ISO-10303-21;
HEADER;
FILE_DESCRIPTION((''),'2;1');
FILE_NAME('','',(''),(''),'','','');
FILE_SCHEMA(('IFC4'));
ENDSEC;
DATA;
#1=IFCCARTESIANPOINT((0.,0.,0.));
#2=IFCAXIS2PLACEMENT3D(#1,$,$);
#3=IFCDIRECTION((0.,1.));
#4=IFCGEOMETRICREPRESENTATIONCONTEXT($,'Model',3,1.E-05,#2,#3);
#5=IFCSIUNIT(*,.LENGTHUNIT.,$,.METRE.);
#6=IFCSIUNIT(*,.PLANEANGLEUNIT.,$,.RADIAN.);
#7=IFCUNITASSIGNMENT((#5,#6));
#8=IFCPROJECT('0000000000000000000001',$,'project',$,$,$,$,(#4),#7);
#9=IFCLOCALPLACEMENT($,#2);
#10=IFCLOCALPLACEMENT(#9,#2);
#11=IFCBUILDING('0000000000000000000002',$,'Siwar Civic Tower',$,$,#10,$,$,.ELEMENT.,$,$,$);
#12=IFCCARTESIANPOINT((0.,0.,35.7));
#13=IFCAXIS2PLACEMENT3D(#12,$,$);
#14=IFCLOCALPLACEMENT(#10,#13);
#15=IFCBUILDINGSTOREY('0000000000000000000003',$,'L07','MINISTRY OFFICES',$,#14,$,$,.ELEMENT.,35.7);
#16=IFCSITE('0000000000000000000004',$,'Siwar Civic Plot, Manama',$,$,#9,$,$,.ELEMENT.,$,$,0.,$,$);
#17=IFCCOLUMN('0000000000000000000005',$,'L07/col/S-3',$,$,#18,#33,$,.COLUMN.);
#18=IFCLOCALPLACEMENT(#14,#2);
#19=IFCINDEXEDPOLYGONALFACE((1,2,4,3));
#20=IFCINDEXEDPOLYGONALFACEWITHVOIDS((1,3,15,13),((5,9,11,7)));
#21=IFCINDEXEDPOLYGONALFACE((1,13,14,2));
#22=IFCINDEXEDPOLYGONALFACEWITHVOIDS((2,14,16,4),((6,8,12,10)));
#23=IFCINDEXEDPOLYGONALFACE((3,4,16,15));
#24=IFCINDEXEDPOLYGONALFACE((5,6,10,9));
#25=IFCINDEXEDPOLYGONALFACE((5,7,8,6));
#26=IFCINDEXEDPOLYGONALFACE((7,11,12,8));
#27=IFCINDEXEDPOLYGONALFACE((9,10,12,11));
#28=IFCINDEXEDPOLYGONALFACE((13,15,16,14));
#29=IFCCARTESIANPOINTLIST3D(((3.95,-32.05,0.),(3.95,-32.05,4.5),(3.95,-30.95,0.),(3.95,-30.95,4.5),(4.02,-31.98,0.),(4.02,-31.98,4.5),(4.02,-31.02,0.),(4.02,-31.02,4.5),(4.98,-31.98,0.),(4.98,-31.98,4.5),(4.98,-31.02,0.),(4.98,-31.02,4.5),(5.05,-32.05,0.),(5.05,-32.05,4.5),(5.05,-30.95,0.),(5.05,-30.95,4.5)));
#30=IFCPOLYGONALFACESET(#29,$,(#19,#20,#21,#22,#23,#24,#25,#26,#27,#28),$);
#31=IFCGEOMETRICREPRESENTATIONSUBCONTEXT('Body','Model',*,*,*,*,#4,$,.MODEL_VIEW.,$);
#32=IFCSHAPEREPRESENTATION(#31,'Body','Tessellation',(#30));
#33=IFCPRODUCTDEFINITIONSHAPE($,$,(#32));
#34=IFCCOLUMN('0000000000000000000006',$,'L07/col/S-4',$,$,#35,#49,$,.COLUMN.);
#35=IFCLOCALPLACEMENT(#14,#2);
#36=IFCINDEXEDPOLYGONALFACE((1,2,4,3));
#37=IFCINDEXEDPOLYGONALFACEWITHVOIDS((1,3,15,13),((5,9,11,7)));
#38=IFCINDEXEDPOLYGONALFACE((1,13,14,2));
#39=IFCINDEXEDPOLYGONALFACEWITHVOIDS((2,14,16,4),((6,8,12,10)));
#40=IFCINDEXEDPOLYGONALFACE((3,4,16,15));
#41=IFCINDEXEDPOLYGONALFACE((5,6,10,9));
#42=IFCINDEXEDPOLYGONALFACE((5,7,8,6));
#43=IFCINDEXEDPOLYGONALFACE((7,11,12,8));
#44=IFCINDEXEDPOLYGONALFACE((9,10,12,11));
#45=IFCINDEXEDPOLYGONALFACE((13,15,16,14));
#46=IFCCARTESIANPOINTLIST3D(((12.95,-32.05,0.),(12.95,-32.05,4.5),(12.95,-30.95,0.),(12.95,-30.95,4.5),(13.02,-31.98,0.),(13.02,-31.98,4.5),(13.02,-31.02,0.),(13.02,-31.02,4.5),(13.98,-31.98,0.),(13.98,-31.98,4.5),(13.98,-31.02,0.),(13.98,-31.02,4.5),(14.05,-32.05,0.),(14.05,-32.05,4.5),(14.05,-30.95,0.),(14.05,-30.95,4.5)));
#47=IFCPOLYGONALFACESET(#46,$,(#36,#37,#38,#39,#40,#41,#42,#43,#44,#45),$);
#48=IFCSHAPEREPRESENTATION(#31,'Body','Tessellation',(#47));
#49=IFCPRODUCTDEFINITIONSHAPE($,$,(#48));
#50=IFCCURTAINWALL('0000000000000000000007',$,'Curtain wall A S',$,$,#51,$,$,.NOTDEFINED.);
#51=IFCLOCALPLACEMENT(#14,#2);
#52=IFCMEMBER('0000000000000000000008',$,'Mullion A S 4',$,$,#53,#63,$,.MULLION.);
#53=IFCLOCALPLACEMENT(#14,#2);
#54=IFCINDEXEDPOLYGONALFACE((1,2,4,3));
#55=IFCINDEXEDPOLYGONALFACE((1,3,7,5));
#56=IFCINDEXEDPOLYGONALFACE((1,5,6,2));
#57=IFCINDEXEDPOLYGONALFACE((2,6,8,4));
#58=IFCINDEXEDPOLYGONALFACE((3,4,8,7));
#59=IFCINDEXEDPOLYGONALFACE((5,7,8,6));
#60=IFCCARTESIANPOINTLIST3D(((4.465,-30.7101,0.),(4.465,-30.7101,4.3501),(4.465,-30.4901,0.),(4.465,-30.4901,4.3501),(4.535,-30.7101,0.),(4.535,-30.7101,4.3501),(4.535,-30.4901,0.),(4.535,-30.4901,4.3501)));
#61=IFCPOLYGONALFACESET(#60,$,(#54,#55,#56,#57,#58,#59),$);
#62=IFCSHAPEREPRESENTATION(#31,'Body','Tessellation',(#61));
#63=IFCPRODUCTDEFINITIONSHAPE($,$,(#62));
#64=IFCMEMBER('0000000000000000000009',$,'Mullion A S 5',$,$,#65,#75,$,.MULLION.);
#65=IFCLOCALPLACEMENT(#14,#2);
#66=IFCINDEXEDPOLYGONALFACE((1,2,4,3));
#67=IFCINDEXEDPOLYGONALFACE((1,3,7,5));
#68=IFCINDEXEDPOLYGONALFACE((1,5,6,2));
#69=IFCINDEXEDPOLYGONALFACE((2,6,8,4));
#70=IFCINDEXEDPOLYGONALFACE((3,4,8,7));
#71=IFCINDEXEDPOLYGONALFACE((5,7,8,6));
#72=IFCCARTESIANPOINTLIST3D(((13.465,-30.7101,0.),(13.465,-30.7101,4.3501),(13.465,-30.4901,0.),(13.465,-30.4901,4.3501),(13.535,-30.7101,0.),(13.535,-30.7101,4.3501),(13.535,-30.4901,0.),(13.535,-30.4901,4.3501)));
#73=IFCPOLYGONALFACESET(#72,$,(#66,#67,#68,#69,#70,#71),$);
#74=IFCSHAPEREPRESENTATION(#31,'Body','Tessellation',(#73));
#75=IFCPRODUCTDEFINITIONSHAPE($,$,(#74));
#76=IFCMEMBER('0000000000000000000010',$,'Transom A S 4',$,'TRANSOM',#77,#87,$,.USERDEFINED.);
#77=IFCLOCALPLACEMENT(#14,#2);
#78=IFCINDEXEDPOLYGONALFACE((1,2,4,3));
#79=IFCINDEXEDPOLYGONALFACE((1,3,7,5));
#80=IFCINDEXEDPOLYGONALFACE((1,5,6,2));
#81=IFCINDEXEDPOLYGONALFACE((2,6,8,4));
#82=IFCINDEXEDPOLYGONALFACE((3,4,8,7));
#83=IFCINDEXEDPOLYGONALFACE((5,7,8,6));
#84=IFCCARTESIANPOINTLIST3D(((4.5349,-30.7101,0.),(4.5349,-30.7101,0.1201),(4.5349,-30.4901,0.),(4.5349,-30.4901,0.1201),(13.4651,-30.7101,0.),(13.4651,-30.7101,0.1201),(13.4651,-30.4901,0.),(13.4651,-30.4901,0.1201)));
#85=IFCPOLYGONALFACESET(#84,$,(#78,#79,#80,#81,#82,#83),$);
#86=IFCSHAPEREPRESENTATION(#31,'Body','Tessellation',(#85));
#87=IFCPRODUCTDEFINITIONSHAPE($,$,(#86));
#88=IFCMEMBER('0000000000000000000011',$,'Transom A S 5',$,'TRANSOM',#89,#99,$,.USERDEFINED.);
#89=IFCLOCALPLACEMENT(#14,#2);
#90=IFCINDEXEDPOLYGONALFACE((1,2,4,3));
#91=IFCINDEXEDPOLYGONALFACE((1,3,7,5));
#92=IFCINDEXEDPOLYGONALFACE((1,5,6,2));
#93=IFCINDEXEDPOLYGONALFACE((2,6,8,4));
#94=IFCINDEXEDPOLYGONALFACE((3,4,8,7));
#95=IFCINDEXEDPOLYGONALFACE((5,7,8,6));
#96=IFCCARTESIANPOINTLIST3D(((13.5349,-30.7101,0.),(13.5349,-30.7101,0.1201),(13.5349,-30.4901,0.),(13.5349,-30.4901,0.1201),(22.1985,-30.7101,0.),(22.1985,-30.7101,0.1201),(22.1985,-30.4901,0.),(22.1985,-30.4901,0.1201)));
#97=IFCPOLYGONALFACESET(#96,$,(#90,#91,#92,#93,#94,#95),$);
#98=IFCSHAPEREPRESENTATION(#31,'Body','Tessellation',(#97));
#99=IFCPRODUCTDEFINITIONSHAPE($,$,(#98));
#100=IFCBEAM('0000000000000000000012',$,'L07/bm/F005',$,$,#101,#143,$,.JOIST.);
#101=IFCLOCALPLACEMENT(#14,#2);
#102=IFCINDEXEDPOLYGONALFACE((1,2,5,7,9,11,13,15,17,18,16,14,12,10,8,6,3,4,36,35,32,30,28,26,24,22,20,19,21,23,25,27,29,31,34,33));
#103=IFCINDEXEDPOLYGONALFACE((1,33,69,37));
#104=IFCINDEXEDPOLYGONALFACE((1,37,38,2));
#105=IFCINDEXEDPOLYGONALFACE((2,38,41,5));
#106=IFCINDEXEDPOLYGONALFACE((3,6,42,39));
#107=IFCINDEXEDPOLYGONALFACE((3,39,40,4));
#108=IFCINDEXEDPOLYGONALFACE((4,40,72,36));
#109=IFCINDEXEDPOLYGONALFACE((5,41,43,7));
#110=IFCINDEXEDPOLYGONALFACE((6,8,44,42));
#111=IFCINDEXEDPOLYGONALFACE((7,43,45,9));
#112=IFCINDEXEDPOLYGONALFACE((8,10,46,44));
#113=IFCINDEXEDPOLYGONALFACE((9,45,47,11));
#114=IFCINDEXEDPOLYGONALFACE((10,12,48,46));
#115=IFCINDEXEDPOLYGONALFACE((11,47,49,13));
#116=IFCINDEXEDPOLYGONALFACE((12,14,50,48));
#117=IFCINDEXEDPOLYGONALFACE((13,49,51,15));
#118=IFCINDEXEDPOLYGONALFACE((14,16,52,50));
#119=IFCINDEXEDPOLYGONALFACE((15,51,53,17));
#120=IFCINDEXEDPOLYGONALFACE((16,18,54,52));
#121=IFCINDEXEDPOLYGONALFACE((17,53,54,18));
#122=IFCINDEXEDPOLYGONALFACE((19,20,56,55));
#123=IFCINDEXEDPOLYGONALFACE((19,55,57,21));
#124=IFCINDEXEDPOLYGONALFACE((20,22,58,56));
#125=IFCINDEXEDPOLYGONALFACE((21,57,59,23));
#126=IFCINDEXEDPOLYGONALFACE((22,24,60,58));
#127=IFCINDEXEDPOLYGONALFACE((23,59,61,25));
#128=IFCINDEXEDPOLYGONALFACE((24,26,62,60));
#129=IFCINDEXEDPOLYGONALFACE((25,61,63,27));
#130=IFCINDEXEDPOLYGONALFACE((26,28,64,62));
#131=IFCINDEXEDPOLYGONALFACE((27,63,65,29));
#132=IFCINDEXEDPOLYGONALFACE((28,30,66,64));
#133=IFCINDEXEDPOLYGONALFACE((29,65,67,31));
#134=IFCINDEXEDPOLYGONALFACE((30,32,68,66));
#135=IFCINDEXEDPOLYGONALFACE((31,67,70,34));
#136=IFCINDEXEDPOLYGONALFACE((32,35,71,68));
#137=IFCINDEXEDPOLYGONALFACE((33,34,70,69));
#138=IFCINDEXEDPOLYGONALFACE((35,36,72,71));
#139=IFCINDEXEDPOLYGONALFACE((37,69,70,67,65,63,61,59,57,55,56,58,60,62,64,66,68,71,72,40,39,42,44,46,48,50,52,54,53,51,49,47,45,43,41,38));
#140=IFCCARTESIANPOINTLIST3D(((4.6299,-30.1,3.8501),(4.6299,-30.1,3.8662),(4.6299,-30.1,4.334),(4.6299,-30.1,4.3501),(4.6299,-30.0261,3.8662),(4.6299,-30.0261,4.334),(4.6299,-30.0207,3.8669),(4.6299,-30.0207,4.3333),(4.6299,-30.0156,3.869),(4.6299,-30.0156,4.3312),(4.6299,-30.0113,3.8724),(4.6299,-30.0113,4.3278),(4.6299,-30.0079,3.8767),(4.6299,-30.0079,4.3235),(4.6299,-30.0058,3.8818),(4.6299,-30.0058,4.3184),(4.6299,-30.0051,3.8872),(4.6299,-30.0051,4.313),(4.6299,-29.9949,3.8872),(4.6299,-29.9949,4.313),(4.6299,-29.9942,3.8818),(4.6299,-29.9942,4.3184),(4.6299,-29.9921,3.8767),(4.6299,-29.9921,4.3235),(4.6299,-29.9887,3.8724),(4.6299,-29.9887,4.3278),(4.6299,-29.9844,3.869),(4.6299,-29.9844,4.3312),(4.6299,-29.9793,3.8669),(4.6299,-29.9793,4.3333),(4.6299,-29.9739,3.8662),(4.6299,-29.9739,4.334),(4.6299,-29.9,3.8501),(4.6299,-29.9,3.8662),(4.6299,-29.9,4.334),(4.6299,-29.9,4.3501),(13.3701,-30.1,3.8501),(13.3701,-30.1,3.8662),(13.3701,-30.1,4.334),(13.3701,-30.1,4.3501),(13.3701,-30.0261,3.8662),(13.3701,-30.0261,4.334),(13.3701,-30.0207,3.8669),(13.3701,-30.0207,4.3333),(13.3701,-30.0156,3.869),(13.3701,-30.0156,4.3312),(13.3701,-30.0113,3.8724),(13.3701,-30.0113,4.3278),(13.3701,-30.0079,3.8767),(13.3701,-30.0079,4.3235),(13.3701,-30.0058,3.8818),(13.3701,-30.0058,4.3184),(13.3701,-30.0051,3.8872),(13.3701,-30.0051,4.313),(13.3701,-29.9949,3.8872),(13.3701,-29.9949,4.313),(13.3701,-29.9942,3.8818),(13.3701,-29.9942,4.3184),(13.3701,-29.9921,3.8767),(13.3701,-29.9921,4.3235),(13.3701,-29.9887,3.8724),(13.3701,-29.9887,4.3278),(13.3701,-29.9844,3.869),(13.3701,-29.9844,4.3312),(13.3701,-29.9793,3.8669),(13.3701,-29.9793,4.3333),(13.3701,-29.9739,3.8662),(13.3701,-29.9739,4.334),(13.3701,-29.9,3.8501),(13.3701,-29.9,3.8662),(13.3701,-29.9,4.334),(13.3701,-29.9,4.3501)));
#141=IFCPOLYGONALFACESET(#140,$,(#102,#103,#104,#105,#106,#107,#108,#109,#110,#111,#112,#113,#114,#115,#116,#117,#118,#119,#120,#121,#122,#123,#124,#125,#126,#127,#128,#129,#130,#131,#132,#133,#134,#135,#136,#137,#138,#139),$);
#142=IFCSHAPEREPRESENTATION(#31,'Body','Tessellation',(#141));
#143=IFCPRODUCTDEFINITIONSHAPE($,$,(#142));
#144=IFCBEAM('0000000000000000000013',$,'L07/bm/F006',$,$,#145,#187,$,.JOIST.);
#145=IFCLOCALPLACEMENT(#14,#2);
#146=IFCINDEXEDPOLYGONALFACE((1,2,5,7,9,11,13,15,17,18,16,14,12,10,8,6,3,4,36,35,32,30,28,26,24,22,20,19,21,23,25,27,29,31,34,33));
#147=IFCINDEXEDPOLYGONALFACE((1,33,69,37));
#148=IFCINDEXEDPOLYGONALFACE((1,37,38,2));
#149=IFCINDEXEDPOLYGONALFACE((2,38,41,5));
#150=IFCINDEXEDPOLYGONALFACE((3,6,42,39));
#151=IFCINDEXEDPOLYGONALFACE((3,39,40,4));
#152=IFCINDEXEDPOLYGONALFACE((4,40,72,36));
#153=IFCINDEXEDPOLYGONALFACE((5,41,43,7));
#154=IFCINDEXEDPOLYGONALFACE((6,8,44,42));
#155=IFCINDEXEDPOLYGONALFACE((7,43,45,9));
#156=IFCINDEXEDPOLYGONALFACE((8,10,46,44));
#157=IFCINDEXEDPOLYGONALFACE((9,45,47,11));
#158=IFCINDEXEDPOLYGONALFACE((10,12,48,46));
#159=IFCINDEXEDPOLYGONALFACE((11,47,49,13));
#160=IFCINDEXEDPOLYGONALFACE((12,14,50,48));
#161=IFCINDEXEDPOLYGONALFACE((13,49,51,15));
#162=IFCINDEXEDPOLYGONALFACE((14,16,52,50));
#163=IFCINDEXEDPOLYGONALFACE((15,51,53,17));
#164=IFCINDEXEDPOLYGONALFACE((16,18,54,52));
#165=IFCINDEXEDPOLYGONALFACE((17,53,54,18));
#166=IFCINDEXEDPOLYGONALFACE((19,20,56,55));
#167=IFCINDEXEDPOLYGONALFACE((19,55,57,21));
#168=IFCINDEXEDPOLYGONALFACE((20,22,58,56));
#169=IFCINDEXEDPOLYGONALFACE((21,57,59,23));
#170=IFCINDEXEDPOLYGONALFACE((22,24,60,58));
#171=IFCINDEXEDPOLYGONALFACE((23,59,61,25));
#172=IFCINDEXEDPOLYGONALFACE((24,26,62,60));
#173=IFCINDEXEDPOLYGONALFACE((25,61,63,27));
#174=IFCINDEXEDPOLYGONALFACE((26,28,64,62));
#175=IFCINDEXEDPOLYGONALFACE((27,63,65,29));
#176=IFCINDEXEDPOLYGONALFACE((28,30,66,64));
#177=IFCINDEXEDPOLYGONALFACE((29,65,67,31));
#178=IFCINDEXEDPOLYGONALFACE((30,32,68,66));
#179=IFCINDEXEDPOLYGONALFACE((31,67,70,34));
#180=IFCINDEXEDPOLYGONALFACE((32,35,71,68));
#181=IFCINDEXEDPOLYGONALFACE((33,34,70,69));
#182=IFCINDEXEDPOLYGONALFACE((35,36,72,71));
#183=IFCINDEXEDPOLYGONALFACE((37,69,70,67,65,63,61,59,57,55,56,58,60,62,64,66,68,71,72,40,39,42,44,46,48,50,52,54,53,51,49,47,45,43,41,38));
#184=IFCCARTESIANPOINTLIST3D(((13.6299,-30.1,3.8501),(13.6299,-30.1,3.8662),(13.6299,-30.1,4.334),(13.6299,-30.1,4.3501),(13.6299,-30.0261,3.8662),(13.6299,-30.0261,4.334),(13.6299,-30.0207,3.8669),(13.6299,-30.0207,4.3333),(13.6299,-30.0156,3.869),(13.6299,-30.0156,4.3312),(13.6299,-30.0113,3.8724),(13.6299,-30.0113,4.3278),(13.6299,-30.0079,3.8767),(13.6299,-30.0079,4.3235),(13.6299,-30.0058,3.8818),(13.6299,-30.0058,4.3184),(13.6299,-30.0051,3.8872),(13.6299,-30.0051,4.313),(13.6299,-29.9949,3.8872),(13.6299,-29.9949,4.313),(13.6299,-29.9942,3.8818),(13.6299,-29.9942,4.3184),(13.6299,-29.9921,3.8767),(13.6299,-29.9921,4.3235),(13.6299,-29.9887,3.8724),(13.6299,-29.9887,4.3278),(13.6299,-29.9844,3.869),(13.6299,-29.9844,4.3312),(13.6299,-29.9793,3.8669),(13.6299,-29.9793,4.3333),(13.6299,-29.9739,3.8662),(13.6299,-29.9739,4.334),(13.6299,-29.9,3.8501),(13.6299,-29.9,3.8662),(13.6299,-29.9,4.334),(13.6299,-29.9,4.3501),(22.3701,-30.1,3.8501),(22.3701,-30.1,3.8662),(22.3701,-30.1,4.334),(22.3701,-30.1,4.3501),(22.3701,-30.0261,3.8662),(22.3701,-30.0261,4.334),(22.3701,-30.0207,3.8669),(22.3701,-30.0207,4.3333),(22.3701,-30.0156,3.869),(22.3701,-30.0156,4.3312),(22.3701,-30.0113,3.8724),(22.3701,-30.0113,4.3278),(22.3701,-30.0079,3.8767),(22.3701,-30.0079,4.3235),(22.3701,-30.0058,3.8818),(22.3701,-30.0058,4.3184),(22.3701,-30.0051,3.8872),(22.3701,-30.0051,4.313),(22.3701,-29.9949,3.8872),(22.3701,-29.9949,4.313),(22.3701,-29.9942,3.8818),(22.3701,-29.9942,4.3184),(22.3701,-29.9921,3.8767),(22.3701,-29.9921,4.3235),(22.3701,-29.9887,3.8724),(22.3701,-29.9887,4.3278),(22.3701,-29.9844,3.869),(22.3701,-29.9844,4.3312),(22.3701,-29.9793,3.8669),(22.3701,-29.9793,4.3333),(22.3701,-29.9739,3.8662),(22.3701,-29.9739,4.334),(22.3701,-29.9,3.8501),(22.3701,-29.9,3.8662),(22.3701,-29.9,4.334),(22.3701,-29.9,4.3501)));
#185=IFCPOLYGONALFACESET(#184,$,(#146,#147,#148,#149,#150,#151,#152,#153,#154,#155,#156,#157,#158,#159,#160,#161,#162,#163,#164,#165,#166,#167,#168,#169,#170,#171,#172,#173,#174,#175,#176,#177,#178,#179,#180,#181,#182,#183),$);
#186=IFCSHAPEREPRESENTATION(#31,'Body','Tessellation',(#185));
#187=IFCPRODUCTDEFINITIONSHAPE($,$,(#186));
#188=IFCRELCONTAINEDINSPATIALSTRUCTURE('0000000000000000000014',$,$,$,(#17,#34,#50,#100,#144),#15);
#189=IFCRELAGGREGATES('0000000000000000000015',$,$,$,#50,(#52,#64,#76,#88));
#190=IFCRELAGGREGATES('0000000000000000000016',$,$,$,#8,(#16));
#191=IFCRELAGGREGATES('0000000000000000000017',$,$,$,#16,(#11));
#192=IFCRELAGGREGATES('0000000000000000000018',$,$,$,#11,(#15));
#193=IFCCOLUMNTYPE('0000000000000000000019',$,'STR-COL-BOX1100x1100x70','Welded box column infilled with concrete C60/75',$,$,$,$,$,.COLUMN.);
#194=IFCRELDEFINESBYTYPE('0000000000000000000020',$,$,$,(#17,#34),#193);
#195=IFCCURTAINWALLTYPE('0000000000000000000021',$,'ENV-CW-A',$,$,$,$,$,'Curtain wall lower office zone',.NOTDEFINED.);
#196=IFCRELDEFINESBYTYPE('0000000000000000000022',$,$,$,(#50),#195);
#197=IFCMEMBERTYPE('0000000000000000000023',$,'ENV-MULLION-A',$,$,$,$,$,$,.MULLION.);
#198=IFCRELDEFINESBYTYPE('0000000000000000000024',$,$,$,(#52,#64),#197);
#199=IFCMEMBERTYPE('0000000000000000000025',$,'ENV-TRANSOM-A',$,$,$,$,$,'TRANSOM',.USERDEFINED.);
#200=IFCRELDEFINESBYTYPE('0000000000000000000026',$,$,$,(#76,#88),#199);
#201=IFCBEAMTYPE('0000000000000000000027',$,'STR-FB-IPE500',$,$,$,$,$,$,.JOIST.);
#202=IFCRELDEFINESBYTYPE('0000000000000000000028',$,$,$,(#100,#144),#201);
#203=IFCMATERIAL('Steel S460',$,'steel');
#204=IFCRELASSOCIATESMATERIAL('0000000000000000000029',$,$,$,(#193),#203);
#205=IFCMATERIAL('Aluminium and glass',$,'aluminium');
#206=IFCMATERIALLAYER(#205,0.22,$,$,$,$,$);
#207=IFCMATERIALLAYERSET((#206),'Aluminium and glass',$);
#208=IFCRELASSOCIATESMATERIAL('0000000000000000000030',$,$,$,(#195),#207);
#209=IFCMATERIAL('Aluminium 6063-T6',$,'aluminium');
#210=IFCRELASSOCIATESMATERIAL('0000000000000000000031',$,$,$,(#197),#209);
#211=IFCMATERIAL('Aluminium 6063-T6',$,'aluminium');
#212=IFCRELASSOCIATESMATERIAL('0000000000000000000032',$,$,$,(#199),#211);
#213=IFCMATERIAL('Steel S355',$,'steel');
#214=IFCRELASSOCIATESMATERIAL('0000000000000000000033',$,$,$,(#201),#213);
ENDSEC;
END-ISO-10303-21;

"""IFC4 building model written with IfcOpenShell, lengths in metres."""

from ifc_helpers import new_model, si_unit, direction, frame, origin, origin_2d, place, context, subcontext, project, spatial, rectangle, hollow_rectangle, i_section, extrude, material, layer, layer_set, material_profile, profile_set, type_object, element, aggregate, save


model = new_model("IFC4")

# Units and contexts
model_context = context("Model", 3, precision=1e-05, world=origin(), true_north=direction((0.0, 1.0)))
body_context = subcontext(model_context, "Body", "Model", "MODEL_VIEW")
ifc_project = project(units=[si_unit("LENGTHUNIT", "METRE"), si_unit("PLANEANGLEUNIT", "RADIAN")], contexts=[model_context])

# Site, building, storey
site_placement = place(None, origin())
site = spatial("IfcSite", under=ifc_project, at=site_placement, Name="Siwar Civic Plot, Manama", CompositionType="ELEMENT", RefElevation=0.0)
building_placement = place(site_placement, origin())
building = spatial("IfcBuilding", under=site, at=building_placement, Name="Siwar Civic Tower", CompositionType="ELEMENT")
storey_placement = place(building_placement, frame((0.0, 0.0, 35.7)))
storey = spatial("IfcBuildingStorey", under=building, at=storey_placement, Name="L07", Description="MINISTRY OFFICES", CompositionType="ELEMENT", Elevation=35.7)

# Columns
ifc_material_1 = material(Name="Steel S460", Category="steel")
ifc_material_profile_1 = material_profile(ifc_material_1, hollow_rectangle(XDim=1.1001, YDim=1.1001, WallThickness=0.0701, at=origin_2d()), Name="BOX1100x1100x70")
ifc_profile_set_1 = profile_set([ifc_material_profile_1], Name="Steel S460")
column_type = type_object("IfcColumnType", Name="STR-COL-BOX1100x1100x70", Description="Welded box column infilled with concrete C60/75", PredefinedType="COLUMN", material=ifc_profile_set_1)
for number, where, z_axis, x_axis, name in (
    (1, (4.5, -31.5, 0.0), (0.0, 0.0, 1.0), (1.0, 0.0, 0.0), "L07/col/S-3"),
    (2, (13.5, -31.5, 0.0), (0.0, 0.0, 1.0), (1.0, 0.0, 0.0), "L07/col/S-4"),
):
    element("IfcColumn", number, at=place(storey_placement, frame(where, z_axis=z_axis, x_axis=x_axis)), inside=storey, type_object=column_type, Name=name, PredefinedType="COLUMN", context=body_context, shape_type="SweptSolid", body=[
        extrude(hollow_rectangle(XDim=1.1001, YDim=1.1001, WallThickness=0.0701, at=origin_2d()), origin(), (0.0, 0.0, 1.0), 4.5),
    ])

# Curtain wall, members
ifc_material_2 = material(Name="Aluminium and glass", Category="aluminium")
ifc_layer_1 = layer(ifc_material_2, 0.22)
ifc_layer_set_1 = layer_set([ifc_layer_1], Name="Aluminium and glass")
curtain_wall_type = type_object("IfcCurtainWallType", Name="ENV-CW-A", ElementType="Curtain wall lower office zone", PredefinedType="NOTDEFINED", material=ifc_layer_set_1)
curtain_wall_placement = place(storey_placement, origin())
curtain_wall = element("IfcCurtainWall", 3, at=curtain_wall_placement, inside=storey, type_object=curtain_wall_type, Name="Curtain wall A S", PredefinedType="NOTDEFINED")
ifc_material_3 = material(Name="Aluminium 6063-T6", Category="aluminium")
ifc_material_profile_2 = material_profile(ifc_material_3, rectangle(XDim=0.22, YDim=0.0701, at=origin_2d()), Name="AL 220x70")
ifc_profile_set_2 = profile_set([ifc_material_profile_2], Name="Aluminium 6063-T6")
member_type_1 = type_object("IfcMemberType", Name="ENV-MULLION-A", PredefinedType="MULLION", material=ifc_profile_set_2)
member_1_placement = place(storey_placement, frame((4.5, -30.6001, 0.0), z_axis=(0.0, 0.0, 1.0), x_axis=(0.0, 1.0, 0.0)))
member_1 = element("IfcMember", 4, at=member_1_placement, type_object=member_type_1, Name="Mullion A S 4", PredefinedType="MULLION", context=body_context, shape_type="SweptSolid", body=[
    extrude(rectangle(XDim=0.22, YDim=0.0701, at=origin_2d()), origin(), (0.0, 0.0, 1.0), 4.3501),
])
member_2_placement = place(storey_placement, frame((13.5, -30.6001, 0.0), z_axis=(0.0, 0.0, 1.0), x_axis=(0.0, 1.0, 0.0)))
member_2 = element("IfcMember", 5, at=member_2_placement, type_object=member_type_1, Name="Mullion A S 5", PredefinedType="MULLION", context=body_context, shape_type="SweptSolid", body=[
    extrude(rectangle(XDim=0.22, YDim=0.0701, at=origin_2d()), origin(), (0.0, 0.0, 1.0), 4.3501),
])
ifc_material_4 = material(Name="Aluminium 6063-T6", Category="aluminium")
ifc_material_profile_3 = material_profile(ifc_material_4, rectangle(XDim=0.22, YDim=0.1201, at=origin_2d()), Name="AL 220x120")
ifc_profile_set_3 = profile_set([ifc_material_profile_3], Name="Aluminium 6063-T6")
member_type_2 = type_object("IfcMemberType", Name="ENV-TRANSOM-A", ElementType="TRANSOM", PredefinedType="USERDEFINED", material=ifc_profile_set_3)
member_3_placement = place(storey_placement, frame((4.5349, -30.6001, 0.0601), z_axis=(1.0, 0.0, 0.0), x_axis=(0.0, 1.0, 0.0)))
member_3 = element("IfcMember", 6, at=member_3_placement, type_object=member_type_2, Name="Transom A S 4", ObjectType="TRANSOM", PredefinedType="USERDEFINED", context=body_context, shape_type="SweptSolid", body=[
    extrude(rectangle(XDim=0.22, YDim=0.1201, at=origin_2d()), origin(), (0.0, 0.0, 1.0), 8.9302),
])
member_4_placement = place(storey_placement, frame((13.5349, -30.6001, 0.0601), z_axis=(1.0, 0.0, 0.0), x_axis=(0.0, 1.0, 0.0)))
member_4 = element("IfcMember", 7, at=member_4_placement, type_object=member_type_2, Name="Transom A S 5", ObjectType="TRANSOM", PredefinedType="USERDEFINED", context=body_context, shape_type="SweptSolid", body=[
    extrude(rectangle(XDim=0.22, YDim=0.1201, at=origin_2d()), origin(), (0.0, 0.0, 1.0), 8.6636),
])

# Beams
ifc_material_5 = material(Name="Steel S355", Category="steel")
ifc_material_profile_4 = material_profile(ifc_material_5, i_section(OverallWidth=0.2, OverallDepth=0.5, WebThickness=0.0103, FlangeThickness=0.0161, FilletRadius=0.021, at=origin_2d()), Name="IPE500")
ifc_profile_set_4 = profile_set([ifc_material_profile_4], Name="Steel S355")
beam_type_1 = type_object("IfcBeamType", Name="STR-FB-IPE500", PredefinedType="JOIST", material=ifc_profile_set_4)
for number, where, z_axis, x_axis, name in (
    (8, (4.6299, -30.0, 4.1001), (1.0, 0.0, 0.0), (0.0, 1.0, 0.0), "L07/bm/F005"),
    (9, (13.6299, -30.0, 4.1001), (1.0, 0.0, 0.0), (0.0, 1.0, 0.0), "L07/bm/F006"),
):
    element("IfcBeam", number, at=place(storey_placement, frame(where, z_axis=z_axis, x_axis=x_axis)), inside=storey, type_object=beam_type_1, Name=name, PredefinedType="JOIST", context=body_context, shape_type="SweptSolid", body=[
        extrude(i_section(OverallWidth=0.2, OverallDepth=0.5, WebThickness=0.0103, FlangeThickness=0.0161, FilletRadius=0.021, at=origin_2d()), origin(), (0.0, 0.0, 1.0), 8.7402),
    ])

aggregate(curtain_wall, [member_1, member_2, member_3, member_4])

save(model, "model.ifc")
